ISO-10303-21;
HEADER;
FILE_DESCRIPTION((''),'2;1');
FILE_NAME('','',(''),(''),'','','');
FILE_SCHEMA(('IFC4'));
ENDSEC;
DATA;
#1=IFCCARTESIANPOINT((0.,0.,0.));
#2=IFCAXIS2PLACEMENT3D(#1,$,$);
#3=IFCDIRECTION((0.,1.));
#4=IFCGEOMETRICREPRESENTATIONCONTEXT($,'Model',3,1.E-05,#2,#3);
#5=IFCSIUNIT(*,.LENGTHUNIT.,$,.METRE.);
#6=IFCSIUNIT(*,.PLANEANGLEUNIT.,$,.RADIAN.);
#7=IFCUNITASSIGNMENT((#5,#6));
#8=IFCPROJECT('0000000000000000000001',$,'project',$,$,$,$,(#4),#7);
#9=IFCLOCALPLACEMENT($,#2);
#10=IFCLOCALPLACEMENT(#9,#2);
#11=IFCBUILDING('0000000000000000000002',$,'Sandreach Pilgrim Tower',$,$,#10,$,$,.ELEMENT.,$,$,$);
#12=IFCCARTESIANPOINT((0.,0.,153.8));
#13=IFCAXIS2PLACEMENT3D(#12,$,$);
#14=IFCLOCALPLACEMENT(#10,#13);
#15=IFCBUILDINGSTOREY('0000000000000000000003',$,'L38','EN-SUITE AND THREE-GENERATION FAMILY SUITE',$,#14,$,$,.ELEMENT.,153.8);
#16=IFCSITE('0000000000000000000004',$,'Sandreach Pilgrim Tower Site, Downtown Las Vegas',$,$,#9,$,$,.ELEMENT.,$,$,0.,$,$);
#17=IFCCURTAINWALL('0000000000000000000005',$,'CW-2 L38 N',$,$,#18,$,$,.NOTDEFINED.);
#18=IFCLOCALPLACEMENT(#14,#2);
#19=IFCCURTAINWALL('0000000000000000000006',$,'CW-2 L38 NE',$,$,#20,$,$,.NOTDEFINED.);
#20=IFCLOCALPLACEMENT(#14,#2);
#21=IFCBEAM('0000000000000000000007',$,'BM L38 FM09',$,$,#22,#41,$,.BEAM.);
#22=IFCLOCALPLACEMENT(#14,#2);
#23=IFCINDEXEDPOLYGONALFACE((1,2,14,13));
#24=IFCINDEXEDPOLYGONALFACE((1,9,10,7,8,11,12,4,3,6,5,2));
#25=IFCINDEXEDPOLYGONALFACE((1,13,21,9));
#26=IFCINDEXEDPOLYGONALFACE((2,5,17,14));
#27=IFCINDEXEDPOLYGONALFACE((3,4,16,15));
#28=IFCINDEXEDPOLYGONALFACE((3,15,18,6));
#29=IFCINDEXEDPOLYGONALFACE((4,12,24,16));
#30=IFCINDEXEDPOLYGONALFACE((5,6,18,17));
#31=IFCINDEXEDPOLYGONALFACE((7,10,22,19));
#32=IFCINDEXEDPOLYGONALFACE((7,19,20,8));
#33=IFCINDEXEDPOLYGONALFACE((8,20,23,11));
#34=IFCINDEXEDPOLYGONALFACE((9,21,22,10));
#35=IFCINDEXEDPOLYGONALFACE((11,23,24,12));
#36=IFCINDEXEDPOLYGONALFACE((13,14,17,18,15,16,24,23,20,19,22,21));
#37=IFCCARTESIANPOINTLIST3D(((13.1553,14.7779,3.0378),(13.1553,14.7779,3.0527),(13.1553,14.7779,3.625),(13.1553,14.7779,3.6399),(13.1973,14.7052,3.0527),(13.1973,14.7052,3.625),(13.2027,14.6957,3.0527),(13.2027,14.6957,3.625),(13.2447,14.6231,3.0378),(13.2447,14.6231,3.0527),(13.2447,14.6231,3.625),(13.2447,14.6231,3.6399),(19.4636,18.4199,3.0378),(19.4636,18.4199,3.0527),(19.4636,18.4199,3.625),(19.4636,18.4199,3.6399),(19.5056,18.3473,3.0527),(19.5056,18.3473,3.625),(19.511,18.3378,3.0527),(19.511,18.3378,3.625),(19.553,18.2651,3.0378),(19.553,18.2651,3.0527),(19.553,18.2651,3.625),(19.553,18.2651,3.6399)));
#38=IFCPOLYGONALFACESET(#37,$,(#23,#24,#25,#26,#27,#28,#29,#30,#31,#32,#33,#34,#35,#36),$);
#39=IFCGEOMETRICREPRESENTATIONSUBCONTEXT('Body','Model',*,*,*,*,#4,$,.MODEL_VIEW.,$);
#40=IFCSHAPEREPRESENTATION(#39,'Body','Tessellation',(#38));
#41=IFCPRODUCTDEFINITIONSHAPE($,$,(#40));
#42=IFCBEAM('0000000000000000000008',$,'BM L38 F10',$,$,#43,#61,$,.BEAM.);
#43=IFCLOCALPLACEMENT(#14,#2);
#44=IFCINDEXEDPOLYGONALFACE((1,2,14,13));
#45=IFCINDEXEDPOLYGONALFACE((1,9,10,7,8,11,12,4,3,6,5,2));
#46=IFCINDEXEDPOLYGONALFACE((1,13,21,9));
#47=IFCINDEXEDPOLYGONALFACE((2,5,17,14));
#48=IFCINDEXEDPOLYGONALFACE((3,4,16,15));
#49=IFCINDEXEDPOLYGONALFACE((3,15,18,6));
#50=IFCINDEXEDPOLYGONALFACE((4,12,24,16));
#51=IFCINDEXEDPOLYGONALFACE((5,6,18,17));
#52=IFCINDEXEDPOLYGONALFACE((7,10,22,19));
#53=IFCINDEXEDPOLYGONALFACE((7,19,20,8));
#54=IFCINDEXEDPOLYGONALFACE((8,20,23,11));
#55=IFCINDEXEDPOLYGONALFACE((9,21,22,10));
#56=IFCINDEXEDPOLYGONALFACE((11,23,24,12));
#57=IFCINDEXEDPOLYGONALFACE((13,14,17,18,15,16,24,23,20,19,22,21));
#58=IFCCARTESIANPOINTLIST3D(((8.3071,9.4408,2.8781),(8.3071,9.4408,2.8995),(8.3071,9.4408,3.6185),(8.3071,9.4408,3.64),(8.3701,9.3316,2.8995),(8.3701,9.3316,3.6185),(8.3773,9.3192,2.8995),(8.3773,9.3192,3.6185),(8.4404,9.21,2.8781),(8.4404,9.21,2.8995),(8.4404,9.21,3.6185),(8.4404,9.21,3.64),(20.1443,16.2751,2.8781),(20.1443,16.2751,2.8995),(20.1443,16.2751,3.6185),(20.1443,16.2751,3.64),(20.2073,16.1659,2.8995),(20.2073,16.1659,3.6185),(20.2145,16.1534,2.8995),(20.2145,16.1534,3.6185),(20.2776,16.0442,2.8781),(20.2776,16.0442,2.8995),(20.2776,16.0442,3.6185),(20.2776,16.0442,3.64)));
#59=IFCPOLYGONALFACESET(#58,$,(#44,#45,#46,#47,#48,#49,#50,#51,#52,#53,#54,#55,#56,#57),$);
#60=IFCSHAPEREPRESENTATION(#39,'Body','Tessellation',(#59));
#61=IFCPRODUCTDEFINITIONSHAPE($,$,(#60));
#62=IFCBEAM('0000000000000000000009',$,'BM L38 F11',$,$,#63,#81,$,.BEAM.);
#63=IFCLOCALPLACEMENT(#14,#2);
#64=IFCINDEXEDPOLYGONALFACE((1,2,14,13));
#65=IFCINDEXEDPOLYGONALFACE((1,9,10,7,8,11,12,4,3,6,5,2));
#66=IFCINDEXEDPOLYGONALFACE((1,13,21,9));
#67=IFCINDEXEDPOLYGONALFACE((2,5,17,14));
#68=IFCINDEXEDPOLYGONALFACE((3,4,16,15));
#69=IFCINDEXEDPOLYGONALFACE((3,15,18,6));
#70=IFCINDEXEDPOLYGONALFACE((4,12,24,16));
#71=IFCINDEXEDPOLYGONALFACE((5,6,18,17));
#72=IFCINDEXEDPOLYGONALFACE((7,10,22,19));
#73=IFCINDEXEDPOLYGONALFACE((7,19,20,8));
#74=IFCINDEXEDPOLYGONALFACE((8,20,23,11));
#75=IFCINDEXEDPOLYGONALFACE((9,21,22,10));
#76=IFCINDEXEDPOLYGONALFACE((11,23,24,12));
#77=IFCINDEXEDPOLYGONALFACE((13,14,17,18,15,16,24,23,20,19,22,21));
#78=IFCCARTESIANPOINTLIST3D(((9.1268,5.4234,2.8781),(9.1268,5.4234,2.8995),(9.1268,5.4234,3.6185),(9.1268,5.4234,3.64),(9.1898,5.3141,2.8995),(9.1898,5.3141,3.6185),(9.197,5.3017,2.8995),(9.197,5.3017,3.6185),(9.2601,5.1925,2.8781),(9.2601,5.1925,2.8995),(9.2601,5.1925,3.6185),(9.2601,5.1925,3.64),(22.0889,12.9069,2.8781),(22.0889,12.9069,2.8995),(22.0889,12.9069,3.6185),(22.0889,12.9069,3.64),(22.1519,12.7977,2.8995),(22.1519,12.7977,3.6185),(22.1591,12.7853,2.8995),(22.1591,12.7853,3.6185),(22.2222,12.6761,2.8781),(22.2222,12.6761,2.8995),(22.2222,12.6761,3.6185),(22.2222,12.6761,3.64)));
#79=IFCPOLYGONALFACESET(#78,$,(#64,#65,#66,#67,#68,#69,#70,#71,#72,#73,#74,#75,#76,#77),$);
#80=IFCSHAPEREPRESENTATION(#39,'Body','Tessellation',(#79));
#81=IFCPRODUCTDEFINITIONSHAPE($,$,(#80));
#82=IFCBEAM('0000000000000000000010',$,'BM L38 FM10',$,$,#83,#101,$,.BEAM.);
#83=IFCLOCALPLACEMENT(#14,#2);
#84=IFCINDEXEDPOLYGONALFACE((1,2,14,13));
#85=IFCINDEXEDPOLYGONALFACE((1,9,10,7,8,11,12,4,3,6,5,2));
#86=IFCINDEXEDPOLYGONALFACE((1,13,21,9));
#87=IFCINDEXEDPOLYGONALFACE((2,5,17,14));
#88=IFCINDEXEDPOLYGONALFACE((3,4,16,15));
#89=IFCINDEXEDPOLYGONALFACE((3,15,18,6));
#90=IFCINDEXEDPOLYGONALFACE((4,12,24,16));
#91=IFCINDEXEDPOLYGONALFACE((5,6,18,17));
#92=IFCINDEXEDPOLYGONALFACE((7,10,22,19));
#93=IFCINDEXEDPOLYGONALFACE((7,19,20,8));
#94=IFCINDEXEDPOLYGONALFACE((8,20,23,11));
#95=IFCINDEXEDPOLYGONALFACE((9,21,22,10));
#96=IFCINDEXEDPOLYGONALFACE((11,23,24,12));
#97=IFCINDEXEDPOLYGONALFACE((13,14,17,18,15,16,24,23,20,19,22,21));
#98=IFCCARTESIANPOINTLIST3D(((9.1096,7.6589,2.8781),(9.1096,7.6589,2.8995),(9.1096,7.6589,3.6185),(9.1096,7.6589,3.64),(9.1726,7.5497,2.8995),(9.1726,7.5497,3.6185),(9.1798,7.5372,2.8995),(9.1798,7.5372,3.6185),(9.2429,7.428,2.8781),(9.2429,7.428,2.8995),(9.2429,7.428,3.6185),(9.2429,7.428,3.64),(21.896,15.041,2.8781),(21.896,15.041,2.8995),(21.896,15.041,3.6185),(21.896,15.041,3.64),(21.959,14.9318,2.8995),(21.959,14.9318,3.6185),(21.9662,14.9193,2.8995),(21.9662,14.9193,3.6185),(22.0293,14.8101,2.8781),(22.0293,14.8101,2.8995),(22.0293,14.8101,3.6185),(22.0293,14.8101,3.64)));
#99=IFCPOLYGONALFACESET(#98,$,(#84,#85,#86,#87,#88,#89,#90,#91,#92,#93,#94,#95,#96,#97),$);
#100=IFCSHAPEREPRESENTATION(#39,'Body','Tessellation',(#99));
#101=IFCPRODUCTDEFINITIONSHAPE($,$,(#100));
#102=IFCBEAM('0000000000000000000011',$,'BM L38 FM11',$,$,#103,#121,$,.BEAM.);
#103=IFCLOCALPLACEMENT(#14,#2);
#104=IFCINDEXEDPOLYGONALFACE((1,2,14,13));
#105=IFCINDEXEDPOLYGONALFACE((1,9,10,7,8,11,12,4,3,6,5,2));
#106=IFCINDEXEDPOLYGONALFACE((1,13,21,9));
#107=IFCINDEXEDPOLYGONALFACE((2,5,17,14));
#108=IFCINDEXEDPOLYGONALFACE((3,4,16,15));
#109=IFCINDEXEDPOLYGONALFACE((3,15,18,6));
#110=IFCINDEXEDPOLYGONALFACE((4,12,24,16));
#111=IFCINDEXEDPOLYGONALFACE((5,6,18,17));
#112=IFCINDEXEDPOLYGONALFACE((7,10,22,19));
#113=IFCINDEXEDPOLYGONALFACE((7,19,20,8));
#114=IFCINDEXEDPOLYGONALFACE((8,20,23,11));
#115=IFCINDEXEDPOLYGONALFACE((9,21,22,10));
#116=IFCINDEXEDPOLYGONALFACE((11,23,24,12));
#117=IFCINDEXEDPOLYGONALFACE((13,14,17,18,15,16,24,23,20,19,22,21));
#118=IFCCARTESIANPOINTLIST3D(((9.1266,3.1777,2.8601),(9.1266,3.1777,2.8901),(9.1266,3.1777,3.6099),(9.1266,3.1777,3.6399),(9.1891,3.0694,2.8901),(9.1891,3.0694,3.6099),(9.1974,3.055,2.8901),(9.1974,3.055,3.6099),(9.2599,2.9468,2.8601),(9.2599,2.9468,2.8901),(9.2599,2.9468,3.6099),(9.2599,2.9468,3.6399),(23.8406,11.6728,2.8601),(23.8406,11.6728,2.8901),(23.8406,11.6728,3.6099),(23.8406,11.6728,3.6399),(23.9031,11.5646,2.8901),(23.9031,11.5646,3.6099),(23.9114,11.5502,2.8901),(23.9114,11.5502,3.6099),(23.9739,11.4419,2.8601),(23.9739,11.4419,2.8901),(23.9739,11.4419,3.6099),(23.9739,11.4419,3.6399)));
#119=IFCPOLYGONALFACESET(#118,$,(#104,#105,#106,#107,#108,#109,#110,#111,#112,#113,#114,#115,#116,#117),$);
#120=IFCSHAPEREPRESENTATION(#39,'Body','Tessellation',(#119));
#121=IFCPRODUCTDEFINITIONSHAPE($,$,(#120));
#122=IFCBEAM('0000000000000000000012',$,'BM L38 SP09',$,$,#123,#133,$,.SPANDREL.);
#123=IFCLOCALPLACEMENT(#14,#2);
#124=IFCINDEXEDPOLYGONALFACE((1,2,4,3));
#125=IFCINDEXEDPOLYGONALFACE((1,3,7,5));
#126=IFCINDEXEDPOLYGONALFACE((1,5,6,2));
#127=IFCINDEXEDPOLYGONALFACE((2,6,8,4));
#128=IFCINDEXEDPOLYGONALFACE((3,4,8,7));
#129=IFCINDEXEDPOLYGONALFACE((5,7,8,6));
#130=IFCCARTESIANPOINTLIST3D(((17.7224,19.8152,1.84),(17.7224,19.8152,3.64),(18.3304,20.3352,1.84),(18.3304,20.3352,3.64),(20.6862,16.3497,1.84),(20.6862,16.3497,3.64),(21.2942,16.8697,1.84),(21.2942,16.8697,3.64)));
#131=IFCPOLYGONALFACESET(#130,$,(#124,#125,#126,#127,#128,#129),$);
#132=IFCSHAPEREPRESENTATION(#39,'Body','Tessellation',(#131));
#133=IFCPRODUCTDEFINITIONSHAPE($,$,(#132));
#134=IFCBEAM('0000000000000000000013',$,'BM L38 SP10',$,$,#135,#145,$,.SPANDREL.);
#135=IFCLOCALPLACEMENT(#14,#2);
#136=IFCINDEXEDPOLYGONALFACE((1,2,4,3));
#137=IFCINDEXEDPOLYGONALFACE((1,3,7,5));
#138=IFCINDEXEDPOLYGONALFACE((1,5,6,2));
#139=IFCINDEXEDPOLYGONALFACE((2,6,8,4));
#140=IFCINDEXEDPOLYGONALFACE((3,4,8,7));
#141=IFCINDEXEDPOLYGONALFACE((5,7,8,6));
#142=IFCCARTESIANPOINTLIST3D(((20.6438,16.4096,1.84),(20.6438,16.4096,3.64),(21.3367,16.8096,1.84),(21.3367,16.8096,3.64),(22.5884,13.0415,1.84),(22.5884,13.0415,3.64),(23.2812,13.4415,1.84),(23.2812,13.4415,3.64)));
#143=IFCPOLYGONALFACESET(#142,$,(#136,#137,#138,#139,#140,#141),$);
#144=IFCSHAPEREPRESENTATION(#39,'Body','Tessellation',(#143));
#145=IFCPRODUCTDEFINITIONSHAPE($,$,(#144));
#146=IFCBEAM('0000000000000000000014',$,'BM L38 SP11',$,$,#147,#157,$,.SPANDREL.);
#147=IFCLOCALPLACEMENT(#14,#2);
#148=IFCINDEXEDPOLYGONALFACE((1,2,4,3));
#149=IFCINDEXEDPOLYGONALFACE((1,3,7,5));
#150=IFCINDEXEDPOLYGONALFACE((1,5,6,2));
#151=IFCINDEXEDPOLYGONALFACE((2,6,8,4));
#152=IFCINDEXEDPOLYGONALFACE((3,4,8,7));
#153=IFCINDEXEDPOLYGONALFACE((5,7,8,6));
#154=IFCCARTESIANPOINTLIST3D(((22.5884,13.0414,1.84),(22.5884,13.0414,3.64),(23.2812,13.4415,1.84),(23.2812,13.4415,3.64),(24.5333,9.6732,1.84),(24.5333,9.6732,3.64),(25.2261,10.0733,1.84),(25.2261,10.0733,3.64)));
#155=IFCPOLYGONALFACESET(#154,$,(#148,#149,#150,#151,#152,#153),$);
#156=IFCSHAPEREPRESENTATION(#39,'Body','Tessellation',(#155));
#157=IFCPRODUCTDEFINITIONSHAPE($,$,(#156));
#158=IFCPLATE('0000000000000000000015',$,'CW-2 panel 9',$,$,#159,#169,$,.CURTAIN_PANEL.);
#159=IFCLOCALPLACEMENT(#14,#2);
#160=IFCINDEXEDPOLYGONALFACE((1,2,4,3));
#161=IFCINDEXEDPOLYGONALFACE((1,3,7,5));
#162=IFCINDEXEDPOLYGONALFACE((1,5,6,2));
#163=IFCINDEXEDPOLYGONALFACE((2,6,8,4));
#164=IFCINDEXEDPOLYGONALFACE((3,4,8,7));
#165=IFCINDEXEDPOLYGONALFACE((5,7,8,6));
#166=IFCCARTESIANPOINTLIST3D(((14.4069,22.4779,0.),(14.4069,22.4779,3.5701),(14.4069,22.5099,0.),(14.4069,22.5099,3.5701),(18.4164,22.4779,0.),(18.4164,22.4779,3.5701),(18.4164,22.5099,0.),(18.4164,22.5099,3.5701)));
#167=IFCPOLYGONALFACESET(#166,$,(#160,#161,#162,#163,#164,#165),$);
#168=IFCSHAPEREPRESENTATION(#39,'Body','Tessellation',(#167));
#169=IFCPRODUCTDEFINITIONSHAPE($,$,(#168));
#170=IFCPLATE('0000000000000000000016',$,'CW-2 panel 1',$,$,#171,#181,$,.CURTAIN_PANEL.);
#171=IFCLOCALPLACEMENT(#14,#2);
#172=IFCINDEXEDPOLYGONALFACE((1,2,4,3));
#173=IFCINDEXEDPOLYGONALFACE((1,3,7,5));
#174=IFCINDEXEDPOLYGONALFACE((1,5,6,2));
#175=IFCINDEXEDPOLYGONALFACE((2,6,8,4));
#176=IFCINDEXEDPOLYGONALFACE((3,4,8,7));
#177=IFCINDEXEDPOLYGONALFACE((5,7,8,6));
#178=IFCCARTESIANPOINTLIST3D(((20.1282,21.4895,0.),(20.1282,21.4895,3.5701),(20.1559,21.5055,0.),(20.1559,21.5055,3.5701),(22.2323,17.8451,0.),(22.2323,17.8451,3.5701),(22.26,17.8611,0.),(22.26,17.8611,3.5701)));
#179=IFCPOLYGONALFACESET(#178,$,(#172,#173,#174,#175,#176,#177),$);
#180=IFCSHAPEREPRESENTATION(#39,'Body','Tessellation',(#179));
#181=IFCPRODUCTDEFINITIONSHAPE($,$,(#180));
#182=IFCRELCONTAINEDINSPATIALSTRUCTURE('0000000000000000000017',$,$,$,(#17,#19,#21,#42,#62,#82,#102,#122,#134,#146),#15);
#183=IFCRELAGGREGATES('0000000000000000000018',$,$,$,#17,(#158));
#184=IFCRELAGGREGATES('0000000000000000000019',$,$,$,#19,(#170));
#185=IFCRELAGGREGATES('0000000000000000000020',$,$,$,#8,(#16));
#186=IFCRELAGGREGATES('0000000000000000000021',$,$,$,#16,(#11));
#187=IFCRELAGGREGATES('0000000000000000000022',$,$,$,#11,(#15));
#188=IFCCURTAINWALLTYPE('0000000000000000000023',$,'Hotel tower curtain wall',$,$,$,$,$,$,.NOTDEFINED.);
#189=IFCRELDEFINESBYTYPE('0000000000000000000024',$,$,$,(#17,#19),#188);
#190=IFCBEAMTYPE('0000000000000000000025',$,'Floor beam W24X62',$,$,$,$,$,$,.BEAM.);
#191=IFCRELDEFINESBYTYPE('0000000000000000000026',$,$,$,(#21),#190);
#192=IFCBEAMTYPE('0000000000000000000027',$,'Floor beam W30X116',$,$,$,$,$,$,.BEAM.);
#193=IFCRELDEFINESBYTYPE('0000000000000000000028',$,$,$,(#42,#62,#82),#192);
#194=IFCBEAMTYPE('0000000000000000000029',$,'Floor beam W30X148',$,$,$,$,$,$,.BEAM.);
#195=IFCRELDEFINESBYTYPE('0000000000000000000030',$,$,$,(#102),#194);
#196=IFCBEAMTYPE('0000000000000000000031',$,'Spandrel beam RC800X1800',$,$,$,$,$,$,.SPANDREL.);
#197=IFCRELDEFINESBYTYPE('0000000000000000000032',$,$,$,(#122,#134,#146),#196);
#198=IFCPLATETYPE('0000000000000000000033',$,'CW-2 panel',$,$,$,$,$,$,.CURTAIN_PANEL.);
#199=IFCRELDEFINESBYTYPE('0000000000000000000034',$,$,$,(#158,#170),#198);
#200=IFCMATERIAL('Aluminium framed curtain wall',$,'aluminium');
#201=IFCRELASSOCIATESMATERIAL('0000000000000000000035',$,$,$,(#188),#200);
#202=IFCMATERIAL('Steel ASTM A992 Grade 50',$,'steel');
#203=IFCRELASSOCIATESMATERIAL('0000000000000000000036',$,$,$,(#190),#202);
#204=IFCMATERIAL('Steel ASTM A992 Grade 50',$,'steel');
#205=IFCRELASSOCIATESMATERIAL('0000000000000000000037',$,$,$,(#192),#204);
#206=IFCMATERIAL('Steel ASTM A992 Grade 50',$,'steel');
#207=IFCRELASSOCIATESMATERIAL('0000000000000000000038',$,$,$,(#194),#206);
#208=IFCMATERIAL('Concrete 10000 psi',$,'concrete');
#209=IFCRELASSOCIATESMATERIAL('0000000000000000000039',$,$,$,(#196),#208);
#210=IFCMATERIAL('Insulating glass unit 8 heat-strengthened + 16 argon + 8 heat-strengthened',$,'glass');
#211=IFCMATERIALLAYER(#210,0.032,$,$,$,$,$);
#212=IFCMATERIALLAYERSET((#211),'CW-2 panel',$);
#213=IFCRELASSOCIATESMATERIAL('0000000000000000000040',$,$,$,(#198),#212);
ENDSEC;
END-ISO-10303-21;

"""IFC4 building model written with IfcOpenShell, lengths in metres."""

from ifc_helpers import new_model, si_unit, direction, frame, origin, origin_2d, place, context, subcontext, project, spatial, rectangle, i_section, extrude, material, layer, layer_set, material_profile, profile_set, type_object, element, aggregate, save


model = new_model("IFC4")

# Units and contexts
model_context = context("Model", 3, precision=1e-05, world=origin(), true_north=direction((0.0, 1.0)))
body_context = subcontext(model_context, "Body", "Model", "MODEL_VIEW")
ifc_project = project(units=[si_unit("LENGTHUNIT", "METRE"), si_unit("PLANEANGLEUNIT", "RADIAN")], contexts=[model_context])

# Site, building, storey
site_placement = place(None, origin())
site = spatial("IfcSite", under=ifc_project, at=site_placement, Name="Sandreach Pilgrim Tower Site, Downtown Las Vegas", CompositionType="ELEMENT", RefElevation=0.0)
building_placement = place(site_placement, origin())
building = spatial("IfcBuilding", under=site, at=building_placement, Name="Sandreach Pilgrim Tower", CompositionType="ELEMENT")
storey_placement = place(building_placement, frame((0.0, 0.0, 153.8)))
storey = spatial("IfcBuildingStorey", under=building, at=storey_placement, Name="L38", Description="EN-SUITE AND THREE-GENERATION FAMILY SUITE", CompositionType="ELEMENT", Elevation=153.8)

# Curtain wall
ifc_material_1 = material(Name="Aluminium framed curtain wall", Category="aluminium")
curtain_wall_type = type_object("IfcCurtainWallType", Name="Hotel tower curtain wall", PredefinedType="NOTDEFINED", material=ifc_material_1)
curtain_wall_1_placement = place(storey_placement, origin())
curtain_wall_1 = element("IfcCurtainWall", 1, at=curtain_wall_1_placement, inside=storey, type_object=curtain_wall_type, Name="CW-2 L38 N", PredefinedType="NOTDEFINED")

# Curtain wall
curtain_wall_2_placement = place(storey_placement, origin())
curtain_wall_2 = element("IfcCurtainWall", 2, at=curtain_wall_2_placement, inside=storey, type_object=curtain_wall_type, Name="CW-2 L38 NE", PredefinedType="NOTDEFINED")

# Beams
ifc_material_2 = material(Name="Steel ASTM A992 Grade 50", Category="steel")
ifc_material_profile_1 = material_profile(ifc_material_2, i_section(OverallWidth=0.1787, OverallDepth=0.6021, WebThickness=0.011, FlangeThickness=0.0149, at=origin_2d()), Name="W24X62")
ifc_profile_set_1 = profile_set([ifc_material_profile_1], Name="Steel ASTM A992 Grade 50")
beam_type_1 = type_object("IfcBeamType", Name="Floor beam W24X62", PredefinedType="BEAM", material=ifc_profile_set_1)
beam_1_placement = place(storey_placement, frame((19.5083, 18.3425, 3.3389), z_axis=(-0.866028, -0.499996, 0.0), x_axis=(0.499996, -0.866028, 0.0)))
element("IfcBeam", 3, at=beam_1_placement, inside=storey, type_object=beam_type_1, Name="BM L38 FM09", PredefinedType="BEAM", context=body_context, shape_type="SweptSolid", body=[
    extrude(i_section(OverallWidth=0.1787, OverallDepth=0.6021, WebThickness=0.011, FlangeThickness=0.0149, at=origin_2d()), origin(), (0.0, 0.0, 1.0), 7.2842),
])
ifc_material_3 = material(Name="Steel ASTM A992 Grade 50", Category="steel")
ifc_material_profile_2 = material_profile(ifc_material_3, i_section(OverallWidth=0.2666, OverallDepth=0.762, WebThickness=0.0144, FlangeThickness=0.0215, at=origin_2d()), Name="W30X116")
ifc_profile_set_2 = profile_set([ifc_material_profile_2], Name="Steel ASTM A992 Grade 50")
beam_type_2 = type_object("IfcBeamType", Name="Floor beam W30X116", PredefinedType="BEAM", material=ifc_profile_set_2)
beam_2_placement = place(storey_placement, frame((20.2109, 16.1597, 3.259), z_axis=(-0.866024, -0.500002, 0.0), x_axis=(0.500002, -0.866024, 0.0)))
element("IfcBeam", 4, at=beam_2_placement, inside=storey, type_object=beam_type_2, Name="BM L38 F10", PredefinedType="BEAM", context=body_context, shape_type="SweptSolid", body=[
    extrude(i_section(OverallWidth=0.2666, OverallDepth=0.762, WebThickness=0.0144, FlangeThickness=0.0215, at=origin_2d()), origin(), (0.0, 0.0, 1.0), 13.6685),
])
beam_3_placement = place(storey_placement, frame((22.1555, 12.7915, 3.259), z_axis=(-0.866027, -0.499997, 0.0), x_axis=(0.499997, -0.866027, 0.0)))
element("IfcBeam", 5, at=beam_3_placement, inside=storey, type_object=beam_type_2, Name="BM L38 F11", PredefinedType="BEAM", context=body_context, shape_type="SweptSolid", body=[
    extrude(i_section(OverallWidth=0.2666, OverallDepth=0.762, WebThickness=0.0144, FlangeThickness=0.0215, at=origin_2d()), origin(), (0.0, 0.0, 1.0), 14.9673),
])
beam_4_placement = place(storey_placement, frame((21.9626, 14.9255, 3.259), z_axis=(-0.866029, -0.499993, 0.0), x_axis=(0.499993, -0.866029, 0.0)))
element("IfcBeam", 6, at=beam_4_placement, inside=storey, type_object=beam_type_2, Name="BM L38 FM10", PredefinedType="BEAM", context=body_context, shape_type="SweptSolid", body=[
    extrude(i_section(OverallWidth=0.2666, OverallDepth=0.762, WebThickness=0.0144, FlangeThickness=0.0215, at=origin_2d()), origin(), (0.0, 0.0, 1.0), 14.7644),
])
ifc_material_4 = material(Name="Steel ASTM A992 Grade 50", Category="steel")
ifc_material_profile_3 = material_profile(ifc_material_4, i_section(OverallWidth=0.2666, OverallDepth=0.7798, WebThickness=0.0166, FlangeThickness=0.03, at=origin_2d()), Name="W30X148")
ifc_profile_set_3 = profile_set([ifc_material_profile_3], Name="Steel ASTM A992 Grade 50")
beam_type_3 = type_object("IfcBeamType", Name="Floor beam W30X148", PredefinedType="BEAM", material=ifc_profile_set_3)
beam_5_placement = place(storey_placement, frame((23.9072, 11.5574, 3.25), z_axis=(-0.866024, -0.500003, 0.0), x_axis=(0.500003, -0.866024, 0.0)))
element("IfcBeam", 7, at=beam_5_placement, inside=storey, type_object=beam_type_3, Name="BM L38 FM11", PredefinedType="BEAM", context=body_context, shape_type="SweptSolid", body=[
    extrude(i_section(OverallWidth=0.2666, OverallDepth=0.7798, WebThickness=0.0166, FlangeThickness=0.03, at=origin_2d()), origin(), (0.0, 0.0, 1.0), 16.9902),
])
ifc_material_5 = material(Name="Concrete 10000 psi", Category="concrete")
ifc_material_profile_4 = material_profile(ifc_material_5, rectangle(XDim=0.8, YDim=1.8, at=origin_2d()), Name="RC800X1800")
ifc_profile_set_4 = profile_set([ifc_material_profile_4], Name="Concrete 10000 psi")
beam_type_4 = type_object("IfcBeamType", Name="Spandrel beam RC800X1800", PredefinedType="SPANDREL", material=ifc_profile_set_4)
beam_6_placement = place(storey_placement, frame((18.0264, 20.0752, 2.74), z_axis=(0.649953, -0.759974, 0.0), x_axis=(0.759974, 0.649953, 0.0)))
element("IfcBeam", 8, at=beam_6_placement, inside=storey, type_object=beam_type_4, Name="BM L38 SP09", PredefinedType="SPANDREL", context=body_context, shape_type="SweptSolid", body=[
    extrude(rectangle(XDim=0.8, YDim=1.8, at=origin_2d()), origin(), (0.0, 0.0, 1.0), 4.5601),
])
beam_7_placement = place(storey_placement, frame((20.9902, 16.6096, 2.74), z_axis=(0.499994, -0.866029, 0.0), x_axis=(0.866029, 0.499994, 0.0)))
element("IfcBeam", 9, at=beam_7_placement, inside=storey, type_object=beam_type_4, Name="BM L38 SP10", PredefinedType="SPANDREL", context=body_context, shape_type="SweptSolid", body=[
    extrude(rectangle(XDim=0.8, YDim=1.8, at=origin_2d()), origin(), (0.0, 0.0, 1.0), 3.8892),
])
beam_8_placement = place(storey_placement, frame((22.9348, 13.2415, 2.74), z_axis=(0.500041, -0.866002, 0.0), x_axis=(0.866002, 0.500041, 0.0)))
element("IfcBeam", 10, at=beam_8_placement, inside=storey, type_object=beam_type_4, Name="BM L38 SP11", PredefinedType="SPANDREL", context=body_context, shape_type="SweptSolid", body=[
    extrude(rectangle(XDim=0.8, YDim=1.8, at=origin_2d()), origin(), (0.0, 0.0, 1.0), 3.8894),
])

# Plates
ifc_material_6 = material(Name="Insulating glass unit 8 heat-strengthened + 16 argon + 8 heat-strengthened", Category="glass")
ifc_layer_1 = layer(ifc_material_6, 0.032)
ifc_layer_set_1 = layer_set([ifc_layer_1], Name="CW-2 panel")
plate_type = type_object("IfcPlateType", Name="CW-2 panel", PredefinedType="CURTAIN_PANEL", material=ifc_layer_set_1)
plate_1_placement = place(storey_placement, frame((16.4116, 22.4939, 0.0), z_axis=(0.0, 0.0, 1.0), x_axis=(1.0, 0.0, 0.0)))
plate_1 = element("IfcPlate", 11, at=plate_1_placement, type_object=plate_type, Name="CW-2 panel 9", PredefinedType="CURTAIN_PANEL", context=body_context, shape_type="SweptSolid", body=[
    extrude(rectangle(XDim=4.0095, YDim=0.032, at=origin_2d()), origin(), (0.0, 0.0, 1.0), 3.5701),
])
aggregate(curtain_wall_1, [plate_1])
plate_2_placement = place(storey_placement, frame((21.1941, 19.6753, 0.0), z_axis=(0.0, 0.0, 1.0), x_axis=(0.5, -0.866025, 0.0)))
plate_2 = element("IfcPlate", 12, at=plate_2_placement, type_object=plate_type, Name="CW-2 panel 1", PredefinedType="CURTAIN_PANEL", context=body_context, shape_type="SweptSolid", body=[
    extrude(rectangle(XDim=4.2083, YDim=0.032, at=origin_2d()), origin(), (0.0, 0.0, 1.0), 3.5701),
])
aggregate(curtain_wall_2, [plate_2])

save(model, "model.ifc")
